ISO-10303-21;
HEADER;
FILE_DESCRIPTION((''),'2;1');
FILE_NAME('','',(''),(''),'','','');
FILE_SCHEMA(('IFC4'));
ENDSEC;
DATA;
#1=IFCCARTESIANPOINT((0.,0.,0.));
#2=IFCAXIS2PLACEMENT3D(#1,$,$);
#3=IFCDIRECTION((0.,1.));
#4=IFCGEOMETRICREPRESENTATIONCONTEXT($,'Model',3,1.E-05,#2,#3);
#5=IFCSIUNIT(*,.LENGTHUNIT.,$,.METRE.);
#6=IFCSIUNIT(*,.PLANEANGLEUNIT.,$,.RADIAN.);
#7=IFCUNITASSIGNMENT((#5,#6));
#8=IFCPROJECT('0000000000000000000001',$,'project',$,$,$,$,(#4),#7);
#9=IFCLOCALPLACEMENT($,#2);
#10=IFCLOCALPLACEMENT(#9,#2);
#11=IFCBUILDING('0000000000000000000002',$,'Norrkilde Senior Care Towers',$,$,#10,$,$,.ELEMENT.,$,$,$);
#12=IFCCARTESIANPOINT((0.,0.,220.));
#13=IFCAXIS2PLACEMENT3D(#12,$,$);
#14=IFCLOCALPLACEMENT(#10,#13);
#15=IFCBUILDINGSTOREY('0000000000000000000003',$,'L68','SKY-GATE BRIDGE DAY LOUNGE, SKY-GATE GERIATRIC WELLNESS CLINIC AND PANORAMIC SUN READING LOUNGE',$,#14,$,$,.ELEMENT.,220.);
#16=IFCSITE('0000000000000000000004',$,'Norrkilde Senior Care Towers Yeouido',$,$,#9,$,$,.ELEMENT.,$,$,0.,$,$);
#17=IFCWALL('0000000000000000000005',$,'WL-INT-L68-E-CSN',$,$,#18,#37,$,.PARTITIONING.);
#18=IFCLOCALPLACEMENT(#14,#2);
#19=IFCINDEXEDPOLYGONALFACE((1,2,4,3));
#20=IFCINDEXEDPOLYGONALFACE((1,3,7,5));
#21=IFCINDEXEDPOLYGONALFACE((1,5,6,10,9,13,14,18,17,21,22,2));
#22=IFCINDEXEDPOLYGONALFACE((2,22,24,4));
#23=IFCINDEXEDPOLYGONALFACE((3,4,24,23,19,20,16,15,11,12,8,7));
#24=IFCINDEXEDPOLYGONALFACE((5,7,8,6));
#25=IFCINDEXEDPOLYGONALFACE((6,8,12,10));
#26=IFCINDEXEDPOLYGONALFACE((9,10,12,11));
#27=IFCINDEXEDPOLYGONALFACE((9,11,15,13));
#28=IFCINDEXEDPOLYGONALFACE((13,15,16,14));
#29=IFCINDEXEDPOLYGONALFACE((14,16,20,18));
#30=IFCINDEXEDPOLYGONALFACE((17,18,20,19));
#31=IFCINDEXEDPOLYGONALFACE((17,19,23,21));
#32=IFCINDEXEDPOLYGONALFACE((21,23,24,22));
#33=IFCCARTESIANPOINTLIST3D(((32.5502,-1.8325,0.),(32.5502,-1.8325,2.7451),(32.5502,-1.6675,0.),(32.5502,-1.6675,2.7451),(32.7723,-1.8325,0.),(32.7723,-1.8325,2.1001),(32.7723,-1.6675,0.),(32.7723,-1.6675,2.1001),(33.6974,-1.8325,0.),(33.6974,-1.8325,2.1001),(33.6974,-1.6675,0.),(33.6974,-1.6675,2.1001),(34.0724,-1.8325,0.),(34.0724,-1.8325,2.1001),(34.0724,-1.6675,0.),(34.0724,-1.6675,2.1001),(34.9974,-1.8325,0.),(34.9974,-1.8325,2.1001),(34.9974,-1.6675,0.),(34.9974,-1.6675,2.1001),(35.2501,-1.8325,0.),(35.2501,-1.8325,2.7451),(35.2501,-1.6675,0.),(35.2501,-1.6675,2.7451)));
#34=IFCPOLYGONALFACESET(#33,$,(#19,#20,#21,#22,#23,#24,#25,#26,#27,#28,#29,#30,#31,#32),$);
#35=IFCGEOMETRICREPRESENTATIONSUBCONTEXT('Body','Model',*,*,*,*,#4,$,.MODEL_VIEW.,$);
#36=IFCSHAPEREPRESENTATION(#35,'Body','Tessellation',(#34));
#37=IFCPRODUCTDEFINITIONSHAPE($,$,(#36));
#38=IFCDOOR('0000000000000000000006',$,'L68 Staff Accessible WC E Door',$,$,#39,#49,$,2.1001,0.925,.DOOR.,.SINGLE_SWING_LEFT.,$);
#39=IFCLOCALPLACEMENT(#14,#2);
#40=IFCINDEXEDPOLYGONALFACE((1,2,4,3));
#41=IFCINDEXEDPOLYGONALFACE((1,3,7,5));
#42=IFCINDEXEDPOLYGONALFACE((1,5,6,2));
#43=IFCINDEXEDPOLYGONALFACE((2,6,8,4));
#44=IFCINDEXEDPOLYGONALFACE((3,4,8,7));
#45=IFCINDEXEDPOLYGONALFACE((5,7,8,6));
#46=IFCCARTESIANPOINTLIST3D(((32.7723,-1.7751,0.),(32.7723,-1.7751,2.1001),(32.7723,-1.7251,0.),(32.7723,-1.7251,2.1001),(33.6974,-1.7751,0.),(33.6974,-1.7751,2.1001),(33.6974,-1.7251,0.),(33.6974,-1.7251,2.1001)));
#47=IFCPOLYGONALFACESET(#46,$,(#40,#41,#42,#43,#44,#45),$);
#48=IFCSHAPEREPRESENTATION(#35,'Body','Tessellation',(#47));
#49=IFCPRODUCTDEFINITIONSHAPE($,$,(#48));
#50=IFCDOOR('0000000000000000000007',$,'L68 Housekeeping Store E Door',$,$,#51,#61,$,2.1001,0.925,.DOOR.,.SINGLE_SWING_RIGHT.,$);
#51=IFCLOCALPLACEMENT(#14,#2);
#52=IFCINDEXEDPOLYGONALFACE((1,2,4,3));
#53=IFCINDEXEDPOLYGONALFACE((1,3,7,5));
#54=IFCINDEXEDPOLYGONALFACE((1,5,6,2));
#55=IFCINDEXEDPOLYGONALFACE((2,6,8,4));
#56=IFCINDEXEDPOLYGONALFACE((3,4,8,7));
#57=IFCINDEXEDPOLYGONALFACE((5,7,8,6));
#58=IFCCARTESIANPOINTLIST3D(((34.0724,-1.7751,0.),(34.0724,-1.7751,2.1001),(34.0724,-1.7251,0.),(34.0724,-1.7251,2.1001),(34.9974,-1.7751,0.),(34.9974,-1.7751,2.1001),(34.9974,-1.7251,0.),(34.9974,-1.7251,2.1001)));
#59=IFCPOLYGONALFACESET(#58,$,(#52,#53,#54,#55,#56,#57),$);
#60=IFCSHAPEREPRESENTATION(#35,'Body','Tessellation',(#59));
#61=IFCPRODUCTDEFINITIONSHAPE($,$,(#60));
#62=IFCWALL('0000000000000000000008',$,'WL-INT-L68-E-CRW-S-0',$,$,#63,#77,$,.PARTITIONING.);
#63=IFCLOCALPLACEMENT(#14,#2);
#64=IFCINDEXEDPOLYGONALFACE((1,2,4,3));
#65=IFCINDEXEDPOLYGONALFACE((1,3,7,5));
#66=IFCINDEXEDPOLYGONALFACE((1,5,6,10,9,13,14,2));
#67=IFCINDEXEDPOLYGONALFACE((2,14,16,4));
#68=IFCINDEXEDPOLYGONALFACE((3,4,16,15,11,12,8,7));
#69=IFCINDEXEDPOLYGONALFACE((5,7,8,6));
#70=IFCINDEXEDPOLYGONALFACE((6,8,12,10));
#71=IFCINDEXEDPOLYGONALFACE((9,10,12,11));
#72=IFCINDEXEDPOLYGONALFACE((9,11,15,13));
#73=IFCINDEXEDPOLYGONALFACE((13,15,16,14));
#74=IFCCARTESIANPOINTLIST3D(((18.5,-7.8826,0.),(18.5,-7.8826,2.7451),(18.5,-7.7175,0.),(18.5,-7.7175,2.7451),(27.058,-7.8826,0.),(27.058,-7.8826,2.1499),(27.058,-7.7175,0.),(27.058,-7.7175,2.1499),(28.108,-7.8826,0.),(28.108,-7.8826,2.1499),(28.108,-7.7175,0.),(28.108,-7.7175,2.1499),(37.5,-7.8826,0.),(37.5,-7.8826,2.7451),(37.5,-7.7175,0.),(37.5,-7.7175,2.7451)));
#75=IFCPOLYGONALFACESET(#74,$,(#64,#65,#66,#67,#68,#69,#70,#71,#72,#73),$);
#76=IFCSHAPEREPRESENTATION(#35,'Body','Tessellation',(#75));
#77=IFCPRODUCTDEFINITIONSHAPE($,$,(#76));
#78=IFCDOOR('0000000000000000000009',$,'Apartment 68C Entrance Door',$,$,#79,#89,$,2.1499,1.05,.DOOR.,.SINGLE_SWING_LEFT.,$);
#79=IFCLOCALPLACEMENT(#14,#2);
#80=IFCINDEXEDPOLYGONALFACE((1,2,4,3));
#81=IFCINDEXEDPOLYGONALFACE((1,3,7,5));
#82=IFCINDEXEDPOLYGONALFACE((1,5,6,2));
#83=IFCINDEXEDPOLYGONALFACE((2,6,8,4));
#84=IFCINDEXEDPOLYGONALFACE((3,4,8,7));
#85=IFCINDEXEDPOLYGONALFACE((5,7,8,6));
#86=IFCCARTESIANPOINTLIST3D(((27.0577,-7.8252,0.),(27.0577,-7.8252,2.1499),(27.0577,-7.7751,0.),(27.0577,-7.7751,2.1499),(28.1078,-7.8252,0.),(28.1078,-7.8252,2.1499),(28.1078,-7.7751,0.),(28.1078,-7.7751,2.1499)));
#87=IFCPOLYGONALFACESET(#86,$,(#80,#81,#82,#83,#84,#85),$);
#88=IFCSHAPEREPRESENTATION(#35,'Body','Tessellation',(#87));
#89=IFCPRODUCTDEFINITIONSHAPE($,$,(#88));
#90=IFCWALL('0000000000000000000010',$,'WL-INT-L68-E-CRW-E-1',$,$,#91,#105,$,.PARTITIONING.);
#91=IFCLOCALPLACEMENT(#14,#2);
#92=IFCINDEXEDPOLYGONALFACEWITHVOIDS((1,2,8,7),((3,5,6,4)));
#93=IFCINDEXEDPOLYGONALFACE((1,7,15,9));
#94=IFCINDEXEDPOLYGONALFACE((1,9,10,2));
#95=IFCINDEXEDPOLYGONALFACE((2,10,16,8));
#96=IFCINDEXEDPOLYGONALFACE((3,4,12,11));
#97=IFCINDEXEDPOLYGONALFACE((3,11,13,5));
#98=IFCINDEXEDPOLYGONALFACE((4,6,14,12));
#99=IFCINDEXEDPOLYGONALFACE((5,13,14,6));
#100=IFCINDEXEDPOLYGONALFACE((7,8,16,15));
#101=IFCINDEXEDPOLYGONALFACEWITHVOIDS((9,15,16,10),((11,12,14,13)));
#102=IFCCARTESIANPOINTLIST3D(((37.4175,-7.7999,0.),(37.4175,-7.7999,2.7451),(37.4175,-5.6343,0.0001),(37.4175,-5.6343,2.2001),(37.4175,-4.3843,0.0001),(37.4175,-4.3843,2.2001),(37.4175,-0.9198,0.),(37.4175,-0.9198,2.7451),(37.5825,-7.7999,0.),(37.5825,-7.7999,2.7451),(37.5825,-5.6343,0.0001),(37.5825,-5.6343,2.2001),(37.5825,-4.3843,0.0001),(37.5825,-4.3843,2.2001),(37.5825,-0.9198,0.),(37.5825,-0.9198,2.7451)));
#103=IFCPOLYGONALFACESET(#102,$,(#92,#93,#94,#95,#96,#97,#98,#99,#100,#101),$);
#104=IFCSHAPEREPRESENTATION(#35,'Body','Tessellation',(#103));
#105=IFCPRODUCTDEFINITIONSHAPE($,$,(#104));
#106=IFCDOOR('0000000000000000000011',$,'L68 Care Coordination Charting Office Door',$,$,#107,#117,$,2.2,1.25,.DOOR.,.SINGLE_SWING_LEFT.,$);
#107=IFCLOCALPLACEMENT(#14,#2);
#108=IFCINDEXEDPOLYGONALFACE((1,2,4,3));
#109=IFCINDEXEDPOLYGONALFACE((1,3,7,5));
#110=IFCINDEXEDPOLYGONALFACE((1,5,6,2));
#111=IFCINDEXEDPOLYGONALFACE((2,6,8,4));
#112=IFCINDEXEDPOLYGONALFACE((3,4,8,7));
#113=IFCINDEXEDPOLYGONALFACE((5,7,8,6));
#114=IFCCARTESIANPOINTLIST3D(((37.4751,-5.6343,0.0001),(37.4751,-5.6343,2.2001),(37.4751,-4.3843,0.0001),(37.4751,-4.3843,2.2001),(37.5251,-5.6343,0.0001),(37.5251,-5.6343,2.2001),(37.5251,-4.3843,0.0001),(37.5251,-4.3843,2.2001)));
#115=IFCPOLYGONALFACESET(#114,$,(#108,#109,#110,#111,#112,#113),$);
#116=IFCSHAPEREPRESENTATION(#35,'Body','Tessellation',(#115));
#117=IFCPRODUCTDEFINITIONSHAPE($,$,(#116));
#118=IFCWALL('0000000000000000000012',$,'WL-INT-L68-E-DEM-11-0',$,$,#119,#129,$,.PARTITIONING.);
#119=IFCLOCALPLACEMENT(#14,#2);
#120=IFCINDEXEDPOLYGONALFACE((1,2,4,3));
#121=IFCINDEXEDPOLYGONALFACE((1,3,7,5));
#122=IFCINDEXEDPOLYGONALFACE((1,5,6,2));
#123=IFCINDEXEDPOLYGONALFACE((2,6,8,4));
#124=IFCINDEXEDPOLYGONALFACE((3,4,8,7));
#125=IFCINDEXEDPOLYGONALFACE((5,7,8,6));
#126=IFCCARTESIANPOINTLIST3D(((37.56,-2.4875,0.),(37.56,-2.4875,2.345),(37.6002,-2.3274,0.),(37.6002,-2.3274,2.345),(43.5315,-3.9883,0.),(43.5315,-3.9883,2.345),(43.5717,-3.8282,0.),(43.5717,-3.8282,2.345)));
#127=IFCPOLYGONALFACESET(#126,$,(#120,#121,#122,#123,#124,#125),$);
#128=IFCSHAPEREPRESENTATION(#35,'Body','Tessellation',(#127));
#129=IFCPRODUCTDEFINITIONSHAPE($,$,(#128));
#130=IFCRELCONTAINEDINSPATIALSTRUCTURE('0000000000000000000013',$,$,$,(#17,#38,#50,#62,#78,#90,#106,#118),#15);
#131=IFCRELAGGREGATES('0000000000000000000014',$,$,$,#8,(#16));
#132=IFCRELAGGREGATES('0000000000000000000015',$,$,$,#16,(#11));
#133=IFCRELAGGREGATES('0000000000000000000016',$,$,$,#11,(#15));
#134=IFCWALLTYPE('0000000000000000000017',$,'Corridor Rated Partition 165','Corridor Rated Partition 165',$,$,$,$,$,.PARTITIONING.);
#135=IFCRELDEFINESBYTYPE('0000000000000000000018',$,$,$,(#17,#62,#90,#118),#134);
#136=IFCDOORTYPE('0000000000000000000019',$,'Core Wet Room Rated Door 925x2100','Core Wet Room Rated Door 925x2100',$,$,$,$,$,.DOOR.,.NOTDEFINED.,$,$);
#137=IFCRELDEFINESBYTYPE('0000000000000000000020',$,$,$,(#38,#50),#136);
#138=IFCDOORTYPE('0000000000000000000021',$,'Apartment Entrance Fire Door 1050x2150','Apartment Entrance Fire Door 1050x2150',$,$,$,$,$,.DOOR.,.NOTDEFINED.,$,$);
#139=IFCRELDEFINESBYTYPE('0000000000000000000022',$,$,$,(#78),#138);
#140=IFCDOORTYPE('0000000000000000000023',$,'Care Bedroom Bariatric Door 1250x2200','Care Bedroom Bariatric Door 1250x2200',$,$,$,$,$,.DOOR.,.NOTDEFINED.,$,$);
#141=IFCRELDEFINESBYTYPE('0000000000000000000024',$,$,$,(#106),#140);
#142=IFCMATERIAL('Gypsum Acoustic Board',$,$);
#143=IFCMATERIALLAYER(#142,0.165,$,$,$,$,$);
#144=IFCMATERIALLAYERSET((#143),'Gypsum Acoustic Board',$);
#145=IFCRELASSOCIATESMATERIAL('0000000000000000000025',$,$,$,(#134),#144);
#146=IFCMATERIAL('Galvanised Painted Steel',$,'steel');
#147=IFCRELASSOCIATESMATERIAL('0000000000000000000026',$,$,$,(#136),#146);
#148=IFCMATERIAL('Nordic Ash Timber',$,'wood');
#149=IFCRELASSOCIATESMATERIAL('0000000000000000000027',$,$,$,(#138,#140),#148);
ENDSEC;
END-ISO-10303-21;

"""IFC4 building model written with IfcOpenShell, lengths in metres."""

from ifc_helpers import new_model, si_unit, direction, frame, frame_2d, origin, place, context, subcontext, project, spatial, rectangle, extrude, source, transform, mapped, material, layer, layer_set, type_object, type_shapes, element, fill, save


model = new_model("IFC4")

# Units and contexts
model_context = context("Model", 3, precision=1e-05, world=origin(), true_north=direction((0.0, 1.0)))
body_context = subcontext(model_context, "Body", "Model", "MODEL_VIEW")
ifc_project = project(units=[si_unit("LENGTHUNIT", "METRE"), si_unit("PLANEANGLEUNIT", "RADIAN")], contexts=[model_context])

# Site, building, storey
site_placement = place(None, origin())
site = spatial("IfcSite", under=ifc_project, at=site_placement, Name="Norrkilde Senior Care Towers Yeouido", CompositionType="ELEMENT", RefElevation=0.0)
building_placement = place(site_placement, origin())
building = spatial("IfcBuilding", under=site, at=building_placement, Name="Norrkilde Senior Care Towers", CompositionType="ELEMENT")
storey_placement = place(building_placement, frame((0.0, 0.0, 220.0)))
storey = spatial("IfcBuildingStorey", under=building, at=storey_placement, Name="L68", Description="SKY-GATE BRIDGE DAY LOUNGE, SKY-GATE GERIATRIC WELLNESS CLINIC AND PANORAMIC SUN READING LOUNGE", CompositionType="ELEMENT", Elevation=220.0)

# Wall, openings, doors
ifc_material_1 = material(Name="Gypsum Acoustic Board")
ifc_layer_1 = layer(ifc_material_1, 0.165)
ifc_layer_set_1 = layer_set([ifc_layer_1], Name="Gypsum Acoustic Board")
wall_type_1 = type_object("IfcWallType", Name="Corridor Rated Partition 165", Description="Corridor Rated Partition 165", PredefinedType="PARTITIONING", material=ifc_layer_set_1)
shared_shape_1 = source(origin(), body_context, "Body", "SweptSolid", [
    extrude(rectangle(XDim=2.7, YDim=0.165, at=frame_2d((1.3501, 0.0))), origin(), (0.0, 0.0, 1.0), 2.7451),
])
wall_1_placement = place(storey_placement, frame((32.55, -1.75, 0.0), z_axis=(0.0, 0.0, 1.0), x_axis=(1.0, 0.0, 0.0)))
wall_1 = element("IfcWall", 1, at=wall_1_placement, inside=storey, type_object=wall_type_1, Name="WL-INT-L68-E-CSN", PredefinedType="PARTITIONING", context=body_context, shape_type="MappedRepresentation", body=[
    mapped(shared_shape_1, transform((0.0, 0.0, 0.0), x_axis=(1.0, 0.0, 0.0), y_axis=(0.0, 1.0, 0.0), z_axis=(0.0, 0.0, 1.0), scale=1.0)),
])
opening_1_placement = place(wall_1_placement, frame((0.2224, 0.0, 0.0)))
opening_1 = element("IfcOpeningElement", 2, at=opening_1_placement, cuts=wall_1, PredefinedType="OPENING", context=body_context, shape_type="SweptSolid", body=[
    extrude(rectangle(XDim=0.925, YDim=2.1001, at=frame_2d((0.4624, 1.05))), frame((0.0, 0.0925, 0.0), z_axis=(0.0, -1.0, 0.0), x_axis=(1.0, 0.0, 0.0)), (0.0, 0.0, 1.0), 0.1851),
])
opening_2_placement = place(wall_1_placement, frame((1.5225, 0.0, 0.0)))
opening_2 = element("IfcOpeningElement", 3, at=opening_2_placement, cuts=wall_1, PredefinedType="OPENING", context=body_context, shape_type="SweptSolid", body=[
    extrude(rectangle(XDim=0.925, YDim=2.1001, at=frame_2d((0.4624, 1.05))), frame((0.0, 0.0925, 0.0), z_axis=(0.0, -1.0, 0.0), x_axis=(1.0, 0.0, 0.0)), (0.0, 0.0, 1.0), 0.1851),
])
ifc_material_2 = material(Name="Galvanised Painted Steel", Category="steel")
door_type_1 = type_object("IfcDoorType", Name="Core Wet Room Rated Door 925x2100", Description="Core Wet Room Rated Door 925x2100", OperationType="NOTDEFINED", PredefinedType="DOOR", material=ifc_material_2)
shared_shape_2 = source(origin(), body_context, "Body", "SweptSolid", [
    extrude(rectangle(XDim=0.925, YDim=2.1001, at=frame_2d((0.4624, 1.05))), frame((0.0, 0.0249, 0.0), z_axis=(0.0, -1.0, 0.0), x_axis=(1.0, 0.0, 0.0)), (0.0, 0.0, 1.0), 0.05),
])
type_shapes(door_type_1, [shared_shape_2])
door_1_placement = place(opening_1_placement, origin())
door_1 = element("IfcDoor", 4, at=door_1_placement, inside=storey, type_object=door_type_1, Name="L68 Staff Accessible WC E Door", OperationType="SINGLE_SWING_LEFT", OverallHeight=2.1001, OverallWidth=0.925, PredefinedType="DOOR", context=body_context, shape_type="MappedRepresentation", body=[
    mapped(shared_shape_2, transform((0.0, 0.0, 0.0), x_axis=(1.0, 0.0, 0.0), y_axis=(0.0, 1.0, 0.0), z_axis=(0.0, 0.0, 1.0), scale=1.0)),
])
fill(opening_1, door_1)
door_2_placement = place(opening_2_placement, origin())
door_2 = element("IfcDoor", 5, at=door_2_placement, inside=storey, type_object=door_type_1, Name="L68 Housekeeping Store E Door", OperationType="SINGLE_SWING_RIGHT", OverallHeight=2.1001, OverallWidth=0.925, PredefinedType="DOOR", context=body_context, shape_type="MappedRepresentation", body=[
    mapped(shared_shape_2, transform((0.0, 0.0, 0.0), x_axis=(1.0, 0.0, 0.0), y_axis=(0.0, 1.0, 0.0), z_axis=(0.0, 0.0, 1.0), scale=1.0)),
])
fill(opening_2, door_2)

# Walls, openings, doors
shared_shape_3 = source(origin(), body_context, "Body", "SweptSolid", [
    extrude(rectangle(XDim=19.0, YDim=0.165, at=frame_2d((9.5, 0.0))), origin(), (0.0, 0.0, 1.0), 2.7451),
])
wall_2_placement = place(storey_placement, frame((37.5, -7.8, 0.0), z_axis=(0.0, 0.0, 1.0), x_axis=(-1.0, 0.0, 0.0)))
wall_2 = element("IfcWall", 6, at=wall_2_placement, inside=storey, type_object=wall_type_1, Name="WL-INT-L68-E-CRW-S-0", PredefinedType="PARTITIONING", context=body_context, shape_type="MappedRepresentation", body=[
    mapped(shared_shape_3, transform((0.0, 0.0, 0.0), x_axis=(1.0, 0.0, 0.0), y_axis=(0.0, 1.0, 0.0), z_axis=(0.0, 0.0, 1.0), scale=1.0)),
])
opening_3_placement = place(wall_2_placement, frame((9.3921, 0.0, 0.0)))
opening_3 = element("IfcOpeningElement", 7, at=opening_3_placement, cuts=wall_2, PredefinedType="OPENING", context=body_context, shape_type="SweptSolid", body=[
    extrude(rectangle(XDim=1.05, YDim=2.1499, at=frame_2d((0.5249, 1.075))), frame((0.0, 0.0925, 0.0), z_axis=(0.0, -1.0, 0.0), x_axis=(1.0, 0.0, 0.0)), (0.0, 0.0, 1.0), 0.1851),
])
ifc_material_3 = material(Name="Nordic Ash Timber", Category="wood")
door_type_2 = type_object("IfcDoorType", Name="Apartment Entrance Fire Door 1050x2150", Description="Apartment Entrance Fire Door 1050x2150", OperationType="NOTDEFINED", PredefinedType="DOOR", material=ifc_material_3)
shared_shape_4 = source(origin(), body_context, "Body", "SweptSolid", [
    extrude(rectangle(XDim=1.05, YDim=2.1499, at=frame_2d((0.5249, 1.075))), frame((0.0, 0.0249, 0.0), z_axis=(0.0, -1.0, 0.0), x_axis=(1.0, 0.0, 0.0)), (0.0, 0.0, 1.0), 0.05),
])
type_shapes(door_type_2, [shared_shape_4])
door_3_placement = place(opening_3_placement, frame((1.05, 0.0, 0.0), z_axis=(0.0, 0.0, 1.0), x_axis=(-1.0, 0.0, 0.0)))
door_3 = element("IfcDoor", 8, at=door_3_placement, inside=storey, type_object=door_type_2, Name="Apartment 68C Entrance Door", OperationType="SINGLE_SWING_LEFT", OverallHeight=2.1499, OverallWidth=1.05, PredefinedType="DOOR", context=body_context, shape_type="MappedRepresentation", body=[
    mapped(shared_shape_4, transform((0.0, 0.0, 0.0), x_axis=(1.0, 0.0, 0.0), y_axis=(0.0, 1.0, 0.0), z_axis=(0.0, 0.0, 1.0), scale=1.0)),
])
fill(opening_3, door_3)
shared_shape_5 = source(origin(), body_context, "Body", "SweptSolid", [
    extrude(rectangle(XDim=6.8801, YDim=0.165, at=frame_2d((3.4399, 0.0))), origin(), (0.0, 0.0, 1.0), 2.7451),
])
wall_3_placement = place(storey_placement, frame((37.5, -0.9199, 0.0), z_axis=(0.0, 0.0, 1.0), x_axis=(0.0, -1.0, 0.0)))
wall_3 = element("IfcWall", 9, at=wall_3_placement, inside=storey, type_object=wall_type_1, Name="WL-INT-L68-E-CRW-E-1", PredefinedType="PARTITIONING", context=body_context, shape_type="MappedRepresentation", body=[
    mapped(shared_shape_5, transform((0.0, 0.0, 0.0), x_axis=(1.0, 0.0, 0.0), y_axis=(0.0, 1.0, 0.0), z_axis=(0.0, 0.0, 1.0), scale=1.0)),
])
opening_4_placement = place(wall_3_placement, frame((3.4644, 0.0, 0.0)))
opening_4 = element("IfcOpeningElement", 10, at=opening_4_placement, cuts=wall_3, PredefinedType="OPENING", context=body_context, shape_type="SweptSolid", body=[
    extrude(rectangle(XDim=1.25, YDim=2.2, at=frame_2d((0.625, 1.1001))), frame((0.0, 0.0925, 0.0), z_axis=(0.0, -1.0, 0.0), x_axis=(1.0, 0.0, 0.0)), (0.0, 0.0, 1.0), 0.1851),
])
door_type_3 = type_object("IfcDoorType", Name="Care Bedroom Bariatric Door 1250x2200", Description="Care Bedroom Bariatric Door 1250x2200", OperationType="NOTDEFINED", PredefinedType="DOOR", material=ifc_material_3)
shared_shape_6 = source(origin(), body_context, "Body", "SweptSolid", [
    extrude(rectangle(XDim=1.25, YDim=2.2, at=frame_2d((0.625, 1.1001))), frame((0.0, 0.0249, 0.0), z_axis=(0.0, -1.0, 0.0), x_axis=(1.0, 0.0, 0.0)), (0.0, 0.0, 1.0), 0.05),
])
type_shapes(door_type_3, [shared_shape_6])
door_4_placement = place(opening_4_placement, frame((1.25, 0.0, 0.0), z_axis=(0.0, 0.0, 1.0), x_axis=(-1.0, 0.0, 0.0)))
door_4 = element("IfcDoor", 11, at=door_4_placement, inside=storey, type_object=door_type_3, Name="L68 Care Coordination Charting Office Door", OperationType="SINGLE_SWING_LEFT", OverallHeight=2.2, OverallWidth=1.25, PredefinedType="DOOR", context=body_context, shape_type="MappedRepresentation", body=[
    mapped(shared_shape_6, transform((0.0, 0.0, 0.0), x_axis=(1.0, 0.0, 0.0), y_axis=(0.0, 1.0, 0.0), z_axis=(0.0, 0.0, 1.0), scale=1.0)),
])
fill(opening_4, door_4)

# Wall
shared_shape_7 = source(origin(), body_context, "Body", "SweptSolid", [
    extrude(rectangle(XDim=6.1572, YDim=0.165, at=frame_2d((3.0786, 0.0))), origin(), (0.0, 0.0, 1.0), 2.345),
])
wall_4_placement = place(storey_placement, frame((37.5801, -2.4075, 0.0), z_axis=(0.0, 0.0, 1.0), x_axis=(0.969841, -0.243739, 0.0)))
element("IfcWall", 12, at=wall_4_placement, inside=storey, type_object=wall_type_1, Name="WL-INT-L68-E-DEM-11-0", PredefinedType="PARTITIONING", context=body_context, shape_type="MappedRepresentation", body=[
    mapped(shared_shape_7, transform((0.0, 0.0, 0.0), x_axis=(1.0, 0.0, 0.0), y_axis=(0.0, 1.0, 0.0), z_axis=(0.0, 0.0, 1.0), scale=1.0)),
])

save(model, "model.ifc")
